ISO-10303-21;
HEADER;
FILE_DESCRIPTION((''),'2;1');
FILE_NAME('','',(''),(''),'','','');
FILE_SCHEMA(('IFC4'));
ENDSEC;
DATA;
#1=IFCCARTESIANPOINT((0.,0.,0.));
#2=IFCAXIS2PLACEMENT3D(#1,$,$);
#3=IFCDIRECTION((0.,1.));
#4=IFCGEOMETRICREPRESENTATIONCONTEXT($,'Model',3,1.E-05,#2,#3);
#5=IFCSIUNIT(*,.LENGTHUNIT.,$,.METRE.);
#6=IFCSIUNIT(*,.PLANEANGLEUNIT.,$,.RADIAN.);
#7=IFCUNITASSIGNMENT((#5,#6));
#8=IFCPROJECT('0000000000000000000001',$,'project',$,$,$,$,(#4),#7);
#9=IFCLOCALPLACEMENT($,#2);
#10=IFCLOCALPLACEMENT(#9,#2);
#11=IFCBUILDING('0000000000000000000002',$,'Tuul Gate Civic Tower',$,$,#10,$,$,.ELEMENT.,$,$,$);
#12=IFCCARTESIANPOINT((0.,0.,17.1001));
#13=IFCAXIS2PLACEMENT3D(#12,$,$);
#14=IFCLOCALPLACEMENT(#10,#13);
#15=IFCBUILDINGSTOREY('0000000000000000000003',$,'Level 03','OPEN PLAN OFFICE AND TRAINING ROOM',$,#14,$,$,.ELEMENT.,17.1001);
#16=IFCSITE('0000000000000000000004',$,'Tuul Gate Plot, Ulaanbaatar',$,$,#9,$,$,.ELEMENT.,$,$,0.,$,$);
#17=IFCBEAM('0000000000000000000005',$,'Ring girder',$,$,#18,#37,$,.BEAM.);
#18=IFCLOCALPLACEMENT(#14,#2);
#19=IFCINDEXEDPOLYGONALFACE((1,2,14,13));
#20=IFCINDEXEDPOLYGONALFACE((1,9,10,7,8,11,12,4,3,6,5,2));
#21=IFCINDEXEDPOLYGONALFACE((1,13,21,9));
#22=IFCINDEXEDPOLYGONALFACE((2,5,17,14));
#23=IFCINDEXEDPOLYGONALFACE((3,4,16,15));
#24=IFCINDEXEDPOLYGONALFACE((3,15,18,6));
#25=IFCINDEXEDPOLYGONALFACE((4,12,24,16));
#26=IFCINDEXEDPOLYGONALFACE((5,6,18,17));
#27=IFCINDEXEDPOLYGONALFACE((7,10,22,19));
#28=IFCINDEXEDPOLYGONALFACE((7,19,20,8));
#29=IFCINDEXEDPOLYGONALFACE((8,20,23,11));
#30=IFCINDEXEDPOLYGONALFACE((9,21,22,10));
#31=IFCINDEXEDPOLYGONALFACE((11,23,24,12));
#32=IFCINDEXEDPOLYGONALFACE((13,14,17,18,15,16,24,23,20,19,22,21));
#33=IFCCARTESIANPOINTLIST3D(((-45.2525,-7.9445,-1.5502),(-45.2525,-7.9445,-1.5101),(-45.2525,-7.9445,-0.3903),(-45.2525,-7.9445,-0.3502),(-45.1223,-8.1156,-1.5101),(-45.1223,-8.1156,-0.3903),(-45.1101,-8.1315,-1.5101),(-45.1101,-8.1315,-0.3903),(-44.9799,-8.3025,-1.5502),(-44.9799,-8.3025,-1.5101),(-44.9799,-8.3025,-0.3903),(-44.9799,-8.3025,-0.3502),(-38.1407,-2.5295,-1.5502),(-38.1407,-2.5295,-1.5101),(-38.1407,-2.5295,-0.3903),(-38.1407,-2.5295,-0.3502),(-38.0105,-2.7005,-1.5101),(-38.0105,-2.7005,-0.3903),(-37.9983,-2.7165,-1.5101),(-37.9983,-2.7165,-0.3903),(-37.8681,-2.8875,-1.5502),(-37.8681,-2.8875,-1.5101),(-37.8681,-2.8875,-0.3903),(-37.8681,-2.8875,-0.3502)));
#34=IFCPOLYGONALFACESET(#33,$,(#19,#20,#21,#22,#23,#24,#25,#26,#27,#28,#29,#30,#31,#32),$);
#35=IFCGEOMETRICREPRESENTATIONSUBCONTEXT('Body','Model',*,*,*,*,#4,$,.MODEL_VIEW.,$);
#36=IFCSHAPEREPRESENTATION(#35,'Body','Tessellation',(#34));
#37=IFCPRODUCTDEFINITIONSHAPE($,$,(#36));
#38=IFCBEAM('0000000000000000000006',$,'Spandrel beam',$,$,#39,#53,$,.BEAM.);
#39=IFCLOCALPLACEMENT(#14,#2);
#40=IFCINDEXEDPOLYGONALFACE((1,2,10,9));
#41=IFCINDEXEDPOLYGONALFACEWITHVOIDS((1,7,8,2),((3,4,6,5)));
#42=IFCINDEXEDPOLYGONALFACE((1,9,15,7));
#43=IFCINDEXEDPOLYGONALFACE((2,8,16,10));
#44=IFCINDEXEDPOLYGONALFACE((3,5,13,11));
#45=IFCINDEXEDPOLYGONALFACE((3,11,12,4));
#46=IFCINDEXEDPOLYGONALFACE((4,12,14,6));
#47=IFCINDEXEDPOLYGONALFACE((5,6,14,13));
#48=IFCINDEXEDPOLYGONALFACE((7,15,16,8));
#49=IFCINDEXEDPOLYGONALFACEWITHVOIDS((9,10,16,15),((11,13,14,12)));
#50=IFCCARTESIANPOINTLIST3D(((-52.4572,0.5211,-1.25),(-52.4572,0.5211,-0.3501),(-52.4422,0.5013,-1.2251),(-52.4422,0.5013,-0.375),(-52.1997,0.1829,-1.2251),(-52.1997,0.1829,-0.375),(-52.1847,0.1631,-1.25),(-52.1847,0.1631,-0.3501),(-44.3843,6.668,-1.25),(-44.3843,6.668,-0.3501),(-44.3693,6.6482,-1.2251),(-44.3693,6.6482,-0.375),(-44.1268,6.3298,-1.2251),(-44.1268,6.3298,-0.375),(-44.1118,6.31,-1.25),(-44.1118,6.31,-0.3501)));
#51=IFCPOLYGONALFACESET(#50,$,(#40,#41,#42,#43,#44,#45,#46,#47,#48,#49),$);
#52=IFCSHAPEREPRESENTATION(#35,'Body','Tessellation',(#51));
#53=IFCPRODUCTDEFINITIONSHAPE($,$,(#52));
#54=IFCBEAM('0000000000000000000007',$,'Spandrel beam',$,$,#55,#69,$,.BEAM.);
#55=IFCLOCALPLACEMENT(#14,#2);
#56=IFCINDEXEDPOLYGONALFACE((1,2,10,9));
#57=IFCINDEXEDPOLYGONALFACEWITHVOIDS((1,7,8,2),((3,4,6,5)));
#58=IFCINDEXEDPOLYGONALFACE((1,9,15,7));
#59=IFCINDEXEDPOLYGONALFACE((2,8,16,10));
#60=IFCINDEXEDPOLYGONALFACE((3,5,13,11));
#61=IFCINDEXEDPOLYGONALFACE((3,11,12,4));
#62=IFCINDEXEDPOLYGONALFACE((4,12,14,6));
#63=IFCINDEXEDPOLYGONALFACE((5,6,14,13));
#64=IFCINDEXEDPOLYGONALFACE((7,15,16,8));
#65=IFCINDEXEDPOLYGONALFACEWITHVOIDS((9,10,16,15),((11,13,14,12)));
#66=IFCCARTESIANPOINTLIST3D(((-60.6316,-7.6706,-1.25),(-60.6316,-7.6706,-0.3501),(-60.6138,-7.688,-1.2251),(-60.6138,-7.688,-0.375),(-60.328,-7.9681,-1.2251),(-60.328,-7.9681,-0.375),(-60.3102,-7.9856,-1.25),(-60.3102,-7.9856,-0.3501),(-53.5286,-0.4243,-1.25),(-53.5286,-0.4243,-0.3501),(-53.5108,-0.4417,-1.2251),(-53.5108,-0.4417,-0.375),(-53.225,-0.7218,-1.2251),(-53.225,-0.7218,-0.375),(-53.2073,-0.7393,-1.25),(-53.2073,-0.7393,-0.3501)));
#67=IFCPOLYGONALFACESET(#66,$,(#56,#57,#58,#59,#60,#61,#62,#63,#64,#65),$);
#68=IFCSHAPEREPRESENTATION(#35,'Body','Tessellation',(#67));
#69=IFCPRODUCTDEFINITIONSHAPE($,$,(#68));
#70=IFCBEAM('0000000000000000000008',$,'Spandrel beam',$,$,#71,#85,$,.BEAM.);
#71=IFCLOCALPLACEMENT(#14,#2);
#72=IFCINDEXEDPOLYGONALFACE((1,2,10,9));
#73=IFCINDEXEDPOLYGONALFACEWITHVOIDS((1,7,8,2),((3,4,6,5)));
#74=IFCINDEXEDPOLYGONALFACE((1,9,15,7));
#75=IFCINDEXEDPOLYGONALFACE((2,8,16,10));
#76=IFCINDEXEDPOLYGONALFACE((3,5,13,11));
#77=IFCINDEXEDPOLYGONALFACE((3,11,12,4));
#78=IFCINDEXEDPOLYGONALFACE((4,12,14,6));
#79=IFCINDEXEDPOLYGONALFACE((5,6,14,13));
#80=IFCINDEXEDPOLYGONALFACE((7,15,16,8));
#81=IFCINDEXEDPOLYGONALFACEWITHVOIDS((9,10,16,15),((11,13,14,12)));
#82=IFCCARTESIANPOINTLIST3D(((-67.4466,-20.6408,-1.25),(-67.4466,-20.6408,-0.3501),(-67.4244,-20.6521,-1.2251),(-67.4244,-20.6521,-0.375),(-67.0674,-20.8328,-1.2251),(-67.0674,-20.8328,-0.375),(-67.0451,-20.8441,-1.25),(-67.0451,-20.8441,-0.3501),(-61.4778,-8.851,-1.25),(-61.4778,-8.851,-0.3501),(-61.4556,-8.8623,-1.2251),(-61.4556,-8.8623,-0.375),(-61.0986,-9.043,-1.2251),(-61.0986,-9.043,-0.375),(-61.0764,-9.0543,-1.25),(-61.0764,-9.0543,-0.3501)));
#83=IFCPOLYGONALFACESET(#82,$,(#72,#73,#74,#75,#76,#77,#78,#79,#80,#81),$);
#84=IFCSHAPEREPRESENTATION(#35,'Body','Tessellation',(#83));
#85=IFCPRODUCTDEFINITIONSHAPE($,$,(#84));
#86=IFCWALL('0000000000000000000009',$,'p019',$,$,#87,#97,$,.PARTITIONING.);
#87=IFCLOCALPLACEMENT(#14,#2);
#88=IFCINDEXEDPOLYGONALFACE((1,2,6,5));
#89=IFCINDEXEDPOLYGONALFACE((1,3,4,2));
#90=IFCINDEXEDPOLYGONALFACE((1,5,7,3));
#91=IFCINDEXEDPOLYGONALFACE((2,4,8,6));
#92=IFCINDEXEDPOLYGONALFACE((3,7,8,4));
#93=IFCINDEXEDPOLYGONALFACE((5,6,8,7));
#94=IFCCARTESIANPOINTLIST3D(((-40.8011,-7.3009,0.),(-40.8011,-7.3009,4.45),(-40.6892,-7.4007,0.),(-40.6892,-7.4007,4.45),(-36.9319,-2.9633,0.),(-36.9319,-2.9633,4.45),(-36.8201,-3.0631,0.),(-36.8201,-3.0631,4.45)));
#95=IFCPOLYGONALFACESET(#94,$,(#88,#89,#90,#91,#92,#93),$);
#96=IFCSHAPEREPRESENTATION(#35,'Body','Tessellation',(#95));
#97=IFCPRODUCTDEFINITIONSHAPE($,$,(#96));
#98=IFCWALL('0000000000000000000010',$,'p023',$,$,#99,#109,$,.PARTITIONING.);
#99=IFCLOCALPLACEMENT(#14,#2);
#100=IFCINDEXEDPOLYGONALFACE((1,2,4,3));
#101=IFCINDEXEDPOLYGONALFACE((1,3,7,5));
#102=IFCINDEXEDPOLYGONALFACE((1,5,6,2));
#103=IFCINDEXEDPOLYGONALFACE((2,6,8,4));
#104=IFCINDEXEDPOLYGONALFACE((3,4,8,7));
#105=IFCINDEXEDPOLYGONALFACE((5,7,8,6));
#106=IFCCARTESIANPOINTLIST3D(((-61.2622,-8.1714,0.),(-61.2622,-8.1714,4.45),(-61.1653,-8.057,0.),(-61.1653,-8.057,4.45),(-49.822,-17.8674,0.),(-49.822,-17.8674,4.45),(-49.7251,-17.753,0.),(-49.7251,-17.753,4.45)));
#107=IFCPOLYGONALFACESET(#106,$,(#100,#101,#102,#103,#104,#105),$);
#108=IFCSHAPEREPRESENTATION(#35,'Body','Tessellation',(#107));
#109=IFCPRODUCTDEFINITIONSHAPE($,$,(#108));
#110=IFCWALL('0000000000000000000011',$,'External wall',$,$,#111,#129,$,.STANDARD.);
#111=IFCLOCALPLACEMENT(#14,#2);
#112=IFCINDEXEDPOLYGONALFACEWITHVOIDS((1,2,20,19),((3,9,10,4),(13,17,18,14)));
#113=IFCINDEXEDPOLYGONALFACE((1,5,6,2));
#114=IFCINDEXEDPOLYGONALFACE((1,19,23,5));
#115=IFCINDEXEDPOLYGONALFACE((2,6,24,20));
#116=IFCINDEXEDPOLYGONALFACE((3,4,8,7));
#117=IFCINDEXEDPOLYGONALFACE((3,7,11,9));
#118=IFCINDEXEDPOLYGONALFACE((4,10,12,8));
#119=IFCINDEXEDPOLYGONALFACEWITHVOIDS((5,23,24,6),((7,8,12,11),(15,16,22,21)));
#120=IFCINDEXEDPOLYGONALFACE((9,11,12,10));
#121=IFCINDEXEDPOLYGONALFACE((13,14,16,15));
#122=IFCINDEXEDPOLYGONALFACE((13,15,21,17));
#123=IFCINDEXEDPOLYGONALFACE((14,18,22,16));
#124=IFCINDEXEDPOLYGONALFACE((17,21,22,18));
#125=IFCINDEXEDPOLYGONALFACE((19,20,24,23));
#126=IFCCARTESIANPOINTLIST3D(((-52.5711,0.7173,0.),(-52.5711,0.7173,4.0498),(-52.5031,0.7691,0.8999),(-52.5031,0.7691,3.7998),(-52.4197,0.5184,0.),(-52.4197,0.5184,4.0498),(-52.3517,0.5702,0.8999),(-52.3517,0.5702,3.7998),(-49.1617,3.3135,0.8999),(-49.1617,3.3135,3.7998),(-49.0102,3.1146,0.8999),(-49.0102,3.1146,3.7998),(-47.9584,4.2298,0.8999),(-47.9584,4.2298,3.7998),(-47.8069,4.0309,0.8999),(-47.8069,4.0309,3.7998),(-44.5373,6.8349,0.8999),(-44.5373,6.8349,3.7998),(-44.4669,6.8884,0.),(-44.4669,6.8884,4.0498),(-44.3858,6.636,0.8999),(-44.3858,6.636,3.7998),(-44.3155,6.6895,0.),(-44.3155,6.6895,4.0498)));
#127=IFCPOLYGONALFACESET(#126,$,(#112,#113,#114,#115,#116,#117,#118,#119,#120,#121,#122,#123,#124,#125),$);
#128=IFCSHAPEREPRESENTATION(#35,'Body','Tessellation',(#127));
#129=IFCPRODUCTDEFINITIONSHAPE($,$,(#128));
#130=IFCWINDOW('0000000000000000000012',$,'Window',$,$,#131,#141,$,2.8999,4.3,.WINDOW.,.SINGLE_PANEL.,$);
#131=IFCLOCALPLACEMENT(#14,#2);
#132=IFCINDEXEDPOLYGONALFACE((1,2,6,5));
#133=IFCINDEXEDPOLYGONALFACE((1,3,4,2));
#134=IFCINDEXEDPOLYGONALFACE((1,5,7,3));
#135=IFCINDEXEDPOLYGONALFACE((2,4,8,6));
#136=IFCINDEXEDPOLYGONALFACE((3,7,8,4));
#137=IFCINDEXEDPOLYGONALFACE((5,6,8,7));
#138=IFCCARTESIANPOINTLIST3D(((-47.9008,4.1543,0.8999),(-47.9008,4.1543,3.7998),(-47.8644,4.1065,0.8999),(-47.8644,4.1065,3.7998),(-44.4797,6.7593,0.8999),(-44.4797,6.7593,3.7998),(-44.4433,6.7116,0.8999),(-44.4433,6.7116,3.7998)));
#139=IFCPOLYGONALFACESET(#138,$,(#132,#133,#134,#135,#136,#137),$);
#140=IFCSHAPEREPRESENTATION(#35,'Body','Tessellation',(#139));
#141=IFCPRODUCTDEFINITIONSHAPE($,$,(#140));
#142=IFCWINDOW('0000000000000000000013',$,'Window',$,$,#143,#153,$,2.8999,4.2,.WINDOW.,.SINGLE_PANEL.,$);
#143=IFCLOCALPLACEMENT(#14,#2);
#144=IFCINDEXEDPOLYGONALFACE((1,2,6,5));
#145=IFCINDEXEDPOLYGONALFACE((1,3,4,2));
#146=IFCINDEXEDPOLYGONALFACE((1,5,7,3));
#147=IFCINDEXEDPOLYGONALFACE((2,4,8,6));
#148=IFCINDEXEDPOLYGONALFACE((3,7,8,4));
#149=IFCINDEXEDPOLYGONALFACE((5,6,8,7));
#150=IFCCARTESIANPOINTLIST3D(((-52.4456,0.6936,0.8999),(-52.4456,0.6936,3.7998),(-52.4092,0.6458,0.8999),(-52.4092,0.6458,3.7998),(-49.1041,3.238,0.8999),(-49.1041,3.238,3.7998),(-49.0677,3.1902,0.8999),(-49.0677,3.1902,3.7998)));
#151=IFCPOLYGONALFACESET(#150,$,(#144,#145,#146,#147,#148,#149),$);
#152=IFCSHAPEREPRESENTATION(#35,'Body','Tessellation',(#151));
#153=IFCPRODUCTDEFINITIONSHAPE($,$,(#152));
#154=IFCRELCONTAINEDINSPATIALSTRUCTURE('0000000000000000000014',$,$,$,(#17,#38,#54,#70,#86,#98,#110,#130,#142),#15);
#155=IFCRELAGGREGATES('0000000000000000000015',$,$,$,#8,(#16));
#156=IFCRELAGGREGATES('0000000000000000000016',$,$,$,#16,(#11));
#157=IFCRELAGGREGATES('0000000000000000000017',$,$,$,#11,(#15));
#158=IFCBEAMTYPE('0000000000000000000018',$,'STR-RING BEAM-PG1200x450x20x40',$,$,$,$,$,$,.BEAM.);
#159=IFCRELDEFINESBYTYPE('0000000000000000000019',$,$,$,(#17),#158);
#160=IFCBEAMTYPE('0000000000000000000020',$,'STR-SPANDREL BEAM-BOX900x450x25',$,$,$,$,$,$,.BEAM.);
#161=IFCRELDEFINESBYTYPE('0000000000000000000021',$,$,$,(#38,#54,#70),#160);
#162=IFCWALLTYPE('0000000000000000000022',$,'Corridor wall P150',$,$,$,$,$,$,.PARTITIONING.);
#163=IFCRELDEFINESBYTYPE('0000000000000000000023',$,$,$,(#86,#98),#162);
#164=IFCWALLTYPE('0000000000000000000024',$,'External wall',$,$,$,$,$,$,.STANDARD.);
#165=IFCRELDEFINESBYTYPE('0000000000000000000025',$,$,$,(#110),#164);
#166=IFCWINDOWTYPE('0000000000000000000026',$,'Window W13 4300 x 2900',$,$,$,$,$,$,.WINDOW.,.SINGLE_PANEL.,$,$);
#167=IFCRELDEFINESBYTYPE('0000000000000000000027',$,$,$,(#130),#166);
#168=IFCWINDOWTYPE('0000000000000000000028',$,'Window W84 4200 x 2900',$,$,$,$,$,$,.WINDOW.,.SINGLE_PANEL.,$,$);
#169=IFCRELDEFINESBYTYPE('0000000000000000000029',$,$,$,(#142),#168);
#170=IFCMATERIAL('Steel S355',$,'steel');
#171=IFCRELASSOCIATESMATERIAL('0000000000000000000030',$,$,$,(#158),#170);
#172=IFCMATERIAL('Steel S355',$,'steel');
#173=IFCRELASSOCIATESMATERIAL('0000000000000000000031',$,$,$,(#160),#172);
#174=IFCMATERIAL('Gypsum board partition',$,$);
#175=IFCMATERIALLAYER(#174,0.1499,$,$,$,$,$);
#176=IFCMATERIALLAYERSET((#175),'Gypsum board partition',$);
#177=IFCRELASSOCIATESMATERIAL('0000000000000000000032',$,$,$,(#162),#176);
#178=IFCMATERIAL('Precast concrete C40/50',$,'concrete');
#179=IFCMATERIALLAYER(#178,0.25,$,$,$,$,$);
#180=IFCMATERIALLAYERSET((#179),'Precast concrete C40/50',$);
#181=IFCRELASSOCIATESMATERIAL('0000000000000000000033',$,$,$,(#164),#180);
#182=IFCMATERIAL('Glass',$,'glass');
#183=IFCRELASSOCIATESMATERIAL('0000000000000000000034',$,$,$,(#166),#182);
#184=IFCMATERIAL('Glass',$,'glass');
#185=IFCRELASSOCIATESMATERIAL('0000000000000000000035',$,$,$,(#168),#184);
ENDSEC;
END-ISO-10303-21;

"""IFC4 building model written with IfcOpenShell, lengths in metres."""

from ifc_helpers import new_model, si_unit, direction, frame, frame_2d, origin, origin_2d, place, context, subcontext, project, spatial, rectangle, hollow_rectangle, i_section, extrude, material, layer, layer_set, material_profile, profile_set, type_object, element, fill, save


model = new_model("IFC4")

# Units and contexts
model_context = context("Model", 3, precision=1e-05, world=origin(), true_north=direction((0.0, 1.0)))
body_context = subcontext(model_context, "Body", "Model", "MODEL_VIEW")
ifc_project = project(units=[si_unit("LENGTHUNIT", "METRE"), si_unit("PLANEANGLEUNIT", "RADIAN")], contexts=[model_context])

# Site, building, storey
site_placement = place(None, origin())
site = spatial("IfcSite", under=ifc_project, at=site_placement, Name="Tuul Gate Plot, Ulaanbaatar", CompositionType="ELEMENT", RefElevation=0.0)
building_placement = place(site_placement, origin())
building = spatial("IfcBuilding", under=site, at=building_placement, Name="Tuul Gate Civic Tower", CompositionType="ELEMENT")
storey_placement = place(building_placement, frame((0.0, 0.0, 17.1001)))
storey = spatial("IfcBuildingStorey", under=building, at=storey_placement, Name="Level 03", Description="OPEN PLAN OFFICE AND TRAINING ROOM", CompositionType="ELEMENT", Elevation=17.1001)

# Beams
ifc_material_1 = material(Name="Steel S355", Category="steel")
ifc_material_profile_1 = material_profile(ifc_material_1, i_section(OverallWidth=0.45, OverallDepth=1.2, WebThickness=0.02, FlangeThickness=0.04, at=origin_2d()), Name="PG1200x450x20x40")
ifc_profile_set_1 = profile_set([ifc_material_profile_1], Name="Steel S355")
beam_type_1 = type_object("IfcBeamType", Name="STR-RING BEAM-PG1200x450x20x40", PredefinedType="BEAM", material=ifc_profile_set_1)
beam_1_placement = place(storey_placement, frame((-45.1162, -8.1235, -0.9502), z_axis=(0.79562, 0.605796, 0.0), x_axis=(-0.605796, 0.79562, 0.0)))
element("IfcBeam", 1, at=beam_1_placement, inside=storey, type_object=beam_type_1, Name="Ring girder", PredefinedType="BEAM", context=body_context, shape_type="SweptSolid", body=[
    extrude(i_section(OverallWidth=0.45, OverallDepth=1.2, WebThickness=0.02, FlangeThickness=0.04, at=origin_2d()), origin(), (0.0, 0.0, 1.0), 8.9387),
])
ifc_material_2 = material(Name="Steel S355", Category="steel")
ifc_material_profile_2 = material_profile(ifc_material_2, hollow_rectangle(XDim=0.45, YDim=0.8999, WallThickness=0.0249, at=origin_2d()), Name="BOX900x450x25")
ifc_profile_set_2 = profile_set([ifc_material_profile_2], Name="Steel S355")
beam_type_2 = type_object("IfcBeamType", Name="STR-SPANDREL BEAM-BOX900x450x25", PredefinedType="BEAM", material=ifc_profile_set_2)
beam_2_placement = place(storey_placement, frame((-44.248, 6.489, -0.8), z_axis=(-0.795616, -0.605801, 0.0), x_axis=(0.605801, -0.795616, 0.0)))
element("IfcBeam", 2, at=beam_2_placement, inside=storey, type_object=beam_type_2, Name="Spandrel beam", PredefinedType="BEAM", context=body_context, shape_type="SweptSolid", body=[
    extrude(hollow_rectangle(XDim=0.45, YDim=0.8999, WallThickness=0.0249, at=origin_2d()), origin(), (0.0, 0.0, 1.0), 10.1467),
])
beam_3_placement = place(storey_placement, frame((-53.3679, -0.5818, -0.8), z_axis=(-0.70001, -0.714133, 0.0), x_axis=(0.714133, -0.70001, 0.0)))
element("IfcBeam", 3, at=beam_3_placement, inside=storey, type_object=beam_type_2, Name="Spandrel beam", PredefinedType="BEAM", context=body_context, shape_type="SweptSolid", body=[
    extrude(hollow_rectangle(XDim=0.45, YDim=0.8999, WallThickness=0.0249, at=origin_2d()), origin(), (0.0, 0.0, 1.0), 10.147),
])
beam_4_placement = place(storey_placement, frame((-61.2771, -8.9526, -0.8), z_axis=(-0.451679, -0.892181, 0.0), x_axis=(0.892181, -0.451679, 0.0)))
element("IfcBeam", 4, at=beam_4_placement, inside=storey, type_object=beam_type_2, Name="Spandrel beam", PredefinedType="BEAM", context=body_context, shape_type="SweptSolid", body=[
    extrude(hollow_rectangle(XDim=0.45, YDim=0.8999, WallThickness=0.0249, at=origin_2d()), origin(), (0.0, 0.0, 1.0), 13.2146),
])

# Walls
ifc_material_3 = material(Name="Gypsum board partition")
ifc_layer_1 = layer(ifc_material_3, 0.1499)
ifc_layer_set_1 = layer_set([ifc_layer_1], Name="Gypsum board partition")
wall_type_1 = type_object("IfcWallType", Name="Corridor wall P150", PredefinedType="PARTITIONING", material=ifc_layer_set_1)
wall_1_placement = place(storey_placement, frame((-40.7451, -7.3508, 0.0), z_axis=(0.0, 0.0, 1.0), x_axis=(0.665656, 0.746259, 0.0)))
element("IfcWall", 5, at=wall_1_placement, inside=storey, type_object=wall_type_1, Name="p019", PredefinedType="PARTITIONING", context=body_context, shape_type="SweptSolid", body=[
    extrude(rectangle(XDim=5.8125, YDim=0.1499, at=frame_2d((2.9062, 0.0))), origin(), (0.0, 0.0, 1.0), 4.45),
])
wall_2_placement = place(storey_placement, frame((-61.2136, -8.1143, 0.0), z_axis=(0.0, 0.0, 1.0), x_axis=(0.762864, -0.646559, 0.0)))
element("IfcWall", 6, at=wall_2_placement, inside=storey, type_object=wall_type_1, Name="p023", PredefinedType="PARTITIONING", context=body_context, shape_type="SweptSolid", body=[
    extrude(rectangle(XDim=14.9963, YDim=0.1499, at=frame_2d((7.498, 0.0))), origin(), (0.0, 0.0, 1.0), 4.45),
])

# Wall, openings, windows
ifc_material_4 = material(Name="Precast concrete C40/50", Category="concrete")
ifc_layer_2 = layer(ifc_material_4, 0.25)
ifc_layer_set_2 = layer_set([ifc_layer_2], Name="Precast concrete C40/50")
wall_type_2 = type_object("IfcWallType", Name="External wall", PredefinedType="STANDARD", material=ifc_layer_set_2)
wall_3_placement = place(storey_placement, frame((-44.3911, 6.7891, 0.0), z_axis=(0.0, 0.0, 1.0), x_axis=(-0.795598, -0.605824, 0.0)))
wall_3 = element("IfcWall", 7, at=wall_3_placement, inside=storey, type_object=wall_type_2, Name="External wall", PredefinedType="STANDARD", context=body_context, shape_type="SweptSolid", body=[
    extrude(rectangle(XDim=10.1863, YDim=0.25, at=frame_2d((5.0933, 0.0))), origin(), (0.0, 0.0, 1.0), 4.0498),
])
opening_1_placement = place(wall_3_placement, frame((0.0886, 0.0, 0.8999)))
opening_1 = element("IfcOpeningElement", 8, at=opening_1_placement, cuts=wall_3, PredefinedType="OPENING", context=body_context, shape_type="SweptSolid", body=[
    extrude(rectangle(XDim=4.3, YDim=2.8999, at=frame_2d((2.1499, 1.45))), frame((0.0, 0.135, 0.0), z_axis=(0.0, -1.0, 0.0), x_axis=(1.0, 0.0, 0.0)), (0.0, 0.0, 1.0), 0.27),
])
opening_2_placement = place(wall_3_placement, frame((5.9009, 0.0, 0.8999)))
opening_2 = element("IfcOpeningElement", 9, at=opening_2_placement, cuts=wall_3, PredefinedType="OPENING", context=body_context, shape_type="SweptSolid", body=[
    extrude(rectangle(XDim=4.2, YDim=2.8999, at=frame_2d((2.1001, 1.45))), frame((0.0, 0.135, 0.0), z_axis=(0.0, -1.0, 0.0), x_axis=(1.0, 0.0, 0.0)), (0.0, 0.0, 1.0), 0.27),
])
ifc_material_5 = material(Name="Glass", Category="glass")
window_type_1 = type_object("IfcWindowType", Name="Window W13 4300 x 2900", PartitioningType="SINGLE_PANEL", PredefinedType="WINDOW", material=ifc_material_5)
window_1_placement = place(opening_1_placement, origin())
window_1 = element("IfcWindow", 10, at=window_1_placement, inside=storey, type_object=window_type_1, Name="Window", OverallHeight=2.8999, OverallWidth=4.3, PartitioningType="SINGLE_PANEL", PredefinedType="WINDOW", context=body_context, shape_type="SweptSolid", body=[
    extrude(rectangle(XDim=4.3, YDim=2.8999, at=frame_2d((2.1499, 1.45))), frame((0.0, 0.03, 0.0), z_axis=(0.0, -1.0, 0.0), x_axis=(1.0, 0.0, 0.0)), (0.0, 0.0, 1.0), 0.0601),
])
fill(opening_1, window_1)
ifc_material_6 = material(Name="Glass", Category="glass")
window_type_2 = type_object("IfcWindowType", Name="Window W84 4200 x 2900", PartitioningType="SINGLE_PANEL", PredefinedType="WINDOW", material=ifc_material_6)
window_2_placement = place(opening_2_placement, origin())
window_2 = element("IfcWindow", 11, at=window_2_placement, inside=storey, type_object=window_type_2, Name="Window", OverallHeight=2.8999, OverallWidth=4.2, PartitioningType="SINGLE_PANEL", PredefinedType="WINDOW", context=body_context, shape_type="SweptSolid", body=[
    extrude(rectangle(XDim=4.2, YDim=2.8999, at=frame_2d((2.1001, 1.45))), frame((0.0, 0.03, 0.0), z_axis=(0.0, -1.0, 0.0), x_axis=(1.0, 0.0, 0.0)), (0.0, 0.0, 1.0), 0.0601),
])
fill(opening_2, window_2)

save(model, "model.ifc")
